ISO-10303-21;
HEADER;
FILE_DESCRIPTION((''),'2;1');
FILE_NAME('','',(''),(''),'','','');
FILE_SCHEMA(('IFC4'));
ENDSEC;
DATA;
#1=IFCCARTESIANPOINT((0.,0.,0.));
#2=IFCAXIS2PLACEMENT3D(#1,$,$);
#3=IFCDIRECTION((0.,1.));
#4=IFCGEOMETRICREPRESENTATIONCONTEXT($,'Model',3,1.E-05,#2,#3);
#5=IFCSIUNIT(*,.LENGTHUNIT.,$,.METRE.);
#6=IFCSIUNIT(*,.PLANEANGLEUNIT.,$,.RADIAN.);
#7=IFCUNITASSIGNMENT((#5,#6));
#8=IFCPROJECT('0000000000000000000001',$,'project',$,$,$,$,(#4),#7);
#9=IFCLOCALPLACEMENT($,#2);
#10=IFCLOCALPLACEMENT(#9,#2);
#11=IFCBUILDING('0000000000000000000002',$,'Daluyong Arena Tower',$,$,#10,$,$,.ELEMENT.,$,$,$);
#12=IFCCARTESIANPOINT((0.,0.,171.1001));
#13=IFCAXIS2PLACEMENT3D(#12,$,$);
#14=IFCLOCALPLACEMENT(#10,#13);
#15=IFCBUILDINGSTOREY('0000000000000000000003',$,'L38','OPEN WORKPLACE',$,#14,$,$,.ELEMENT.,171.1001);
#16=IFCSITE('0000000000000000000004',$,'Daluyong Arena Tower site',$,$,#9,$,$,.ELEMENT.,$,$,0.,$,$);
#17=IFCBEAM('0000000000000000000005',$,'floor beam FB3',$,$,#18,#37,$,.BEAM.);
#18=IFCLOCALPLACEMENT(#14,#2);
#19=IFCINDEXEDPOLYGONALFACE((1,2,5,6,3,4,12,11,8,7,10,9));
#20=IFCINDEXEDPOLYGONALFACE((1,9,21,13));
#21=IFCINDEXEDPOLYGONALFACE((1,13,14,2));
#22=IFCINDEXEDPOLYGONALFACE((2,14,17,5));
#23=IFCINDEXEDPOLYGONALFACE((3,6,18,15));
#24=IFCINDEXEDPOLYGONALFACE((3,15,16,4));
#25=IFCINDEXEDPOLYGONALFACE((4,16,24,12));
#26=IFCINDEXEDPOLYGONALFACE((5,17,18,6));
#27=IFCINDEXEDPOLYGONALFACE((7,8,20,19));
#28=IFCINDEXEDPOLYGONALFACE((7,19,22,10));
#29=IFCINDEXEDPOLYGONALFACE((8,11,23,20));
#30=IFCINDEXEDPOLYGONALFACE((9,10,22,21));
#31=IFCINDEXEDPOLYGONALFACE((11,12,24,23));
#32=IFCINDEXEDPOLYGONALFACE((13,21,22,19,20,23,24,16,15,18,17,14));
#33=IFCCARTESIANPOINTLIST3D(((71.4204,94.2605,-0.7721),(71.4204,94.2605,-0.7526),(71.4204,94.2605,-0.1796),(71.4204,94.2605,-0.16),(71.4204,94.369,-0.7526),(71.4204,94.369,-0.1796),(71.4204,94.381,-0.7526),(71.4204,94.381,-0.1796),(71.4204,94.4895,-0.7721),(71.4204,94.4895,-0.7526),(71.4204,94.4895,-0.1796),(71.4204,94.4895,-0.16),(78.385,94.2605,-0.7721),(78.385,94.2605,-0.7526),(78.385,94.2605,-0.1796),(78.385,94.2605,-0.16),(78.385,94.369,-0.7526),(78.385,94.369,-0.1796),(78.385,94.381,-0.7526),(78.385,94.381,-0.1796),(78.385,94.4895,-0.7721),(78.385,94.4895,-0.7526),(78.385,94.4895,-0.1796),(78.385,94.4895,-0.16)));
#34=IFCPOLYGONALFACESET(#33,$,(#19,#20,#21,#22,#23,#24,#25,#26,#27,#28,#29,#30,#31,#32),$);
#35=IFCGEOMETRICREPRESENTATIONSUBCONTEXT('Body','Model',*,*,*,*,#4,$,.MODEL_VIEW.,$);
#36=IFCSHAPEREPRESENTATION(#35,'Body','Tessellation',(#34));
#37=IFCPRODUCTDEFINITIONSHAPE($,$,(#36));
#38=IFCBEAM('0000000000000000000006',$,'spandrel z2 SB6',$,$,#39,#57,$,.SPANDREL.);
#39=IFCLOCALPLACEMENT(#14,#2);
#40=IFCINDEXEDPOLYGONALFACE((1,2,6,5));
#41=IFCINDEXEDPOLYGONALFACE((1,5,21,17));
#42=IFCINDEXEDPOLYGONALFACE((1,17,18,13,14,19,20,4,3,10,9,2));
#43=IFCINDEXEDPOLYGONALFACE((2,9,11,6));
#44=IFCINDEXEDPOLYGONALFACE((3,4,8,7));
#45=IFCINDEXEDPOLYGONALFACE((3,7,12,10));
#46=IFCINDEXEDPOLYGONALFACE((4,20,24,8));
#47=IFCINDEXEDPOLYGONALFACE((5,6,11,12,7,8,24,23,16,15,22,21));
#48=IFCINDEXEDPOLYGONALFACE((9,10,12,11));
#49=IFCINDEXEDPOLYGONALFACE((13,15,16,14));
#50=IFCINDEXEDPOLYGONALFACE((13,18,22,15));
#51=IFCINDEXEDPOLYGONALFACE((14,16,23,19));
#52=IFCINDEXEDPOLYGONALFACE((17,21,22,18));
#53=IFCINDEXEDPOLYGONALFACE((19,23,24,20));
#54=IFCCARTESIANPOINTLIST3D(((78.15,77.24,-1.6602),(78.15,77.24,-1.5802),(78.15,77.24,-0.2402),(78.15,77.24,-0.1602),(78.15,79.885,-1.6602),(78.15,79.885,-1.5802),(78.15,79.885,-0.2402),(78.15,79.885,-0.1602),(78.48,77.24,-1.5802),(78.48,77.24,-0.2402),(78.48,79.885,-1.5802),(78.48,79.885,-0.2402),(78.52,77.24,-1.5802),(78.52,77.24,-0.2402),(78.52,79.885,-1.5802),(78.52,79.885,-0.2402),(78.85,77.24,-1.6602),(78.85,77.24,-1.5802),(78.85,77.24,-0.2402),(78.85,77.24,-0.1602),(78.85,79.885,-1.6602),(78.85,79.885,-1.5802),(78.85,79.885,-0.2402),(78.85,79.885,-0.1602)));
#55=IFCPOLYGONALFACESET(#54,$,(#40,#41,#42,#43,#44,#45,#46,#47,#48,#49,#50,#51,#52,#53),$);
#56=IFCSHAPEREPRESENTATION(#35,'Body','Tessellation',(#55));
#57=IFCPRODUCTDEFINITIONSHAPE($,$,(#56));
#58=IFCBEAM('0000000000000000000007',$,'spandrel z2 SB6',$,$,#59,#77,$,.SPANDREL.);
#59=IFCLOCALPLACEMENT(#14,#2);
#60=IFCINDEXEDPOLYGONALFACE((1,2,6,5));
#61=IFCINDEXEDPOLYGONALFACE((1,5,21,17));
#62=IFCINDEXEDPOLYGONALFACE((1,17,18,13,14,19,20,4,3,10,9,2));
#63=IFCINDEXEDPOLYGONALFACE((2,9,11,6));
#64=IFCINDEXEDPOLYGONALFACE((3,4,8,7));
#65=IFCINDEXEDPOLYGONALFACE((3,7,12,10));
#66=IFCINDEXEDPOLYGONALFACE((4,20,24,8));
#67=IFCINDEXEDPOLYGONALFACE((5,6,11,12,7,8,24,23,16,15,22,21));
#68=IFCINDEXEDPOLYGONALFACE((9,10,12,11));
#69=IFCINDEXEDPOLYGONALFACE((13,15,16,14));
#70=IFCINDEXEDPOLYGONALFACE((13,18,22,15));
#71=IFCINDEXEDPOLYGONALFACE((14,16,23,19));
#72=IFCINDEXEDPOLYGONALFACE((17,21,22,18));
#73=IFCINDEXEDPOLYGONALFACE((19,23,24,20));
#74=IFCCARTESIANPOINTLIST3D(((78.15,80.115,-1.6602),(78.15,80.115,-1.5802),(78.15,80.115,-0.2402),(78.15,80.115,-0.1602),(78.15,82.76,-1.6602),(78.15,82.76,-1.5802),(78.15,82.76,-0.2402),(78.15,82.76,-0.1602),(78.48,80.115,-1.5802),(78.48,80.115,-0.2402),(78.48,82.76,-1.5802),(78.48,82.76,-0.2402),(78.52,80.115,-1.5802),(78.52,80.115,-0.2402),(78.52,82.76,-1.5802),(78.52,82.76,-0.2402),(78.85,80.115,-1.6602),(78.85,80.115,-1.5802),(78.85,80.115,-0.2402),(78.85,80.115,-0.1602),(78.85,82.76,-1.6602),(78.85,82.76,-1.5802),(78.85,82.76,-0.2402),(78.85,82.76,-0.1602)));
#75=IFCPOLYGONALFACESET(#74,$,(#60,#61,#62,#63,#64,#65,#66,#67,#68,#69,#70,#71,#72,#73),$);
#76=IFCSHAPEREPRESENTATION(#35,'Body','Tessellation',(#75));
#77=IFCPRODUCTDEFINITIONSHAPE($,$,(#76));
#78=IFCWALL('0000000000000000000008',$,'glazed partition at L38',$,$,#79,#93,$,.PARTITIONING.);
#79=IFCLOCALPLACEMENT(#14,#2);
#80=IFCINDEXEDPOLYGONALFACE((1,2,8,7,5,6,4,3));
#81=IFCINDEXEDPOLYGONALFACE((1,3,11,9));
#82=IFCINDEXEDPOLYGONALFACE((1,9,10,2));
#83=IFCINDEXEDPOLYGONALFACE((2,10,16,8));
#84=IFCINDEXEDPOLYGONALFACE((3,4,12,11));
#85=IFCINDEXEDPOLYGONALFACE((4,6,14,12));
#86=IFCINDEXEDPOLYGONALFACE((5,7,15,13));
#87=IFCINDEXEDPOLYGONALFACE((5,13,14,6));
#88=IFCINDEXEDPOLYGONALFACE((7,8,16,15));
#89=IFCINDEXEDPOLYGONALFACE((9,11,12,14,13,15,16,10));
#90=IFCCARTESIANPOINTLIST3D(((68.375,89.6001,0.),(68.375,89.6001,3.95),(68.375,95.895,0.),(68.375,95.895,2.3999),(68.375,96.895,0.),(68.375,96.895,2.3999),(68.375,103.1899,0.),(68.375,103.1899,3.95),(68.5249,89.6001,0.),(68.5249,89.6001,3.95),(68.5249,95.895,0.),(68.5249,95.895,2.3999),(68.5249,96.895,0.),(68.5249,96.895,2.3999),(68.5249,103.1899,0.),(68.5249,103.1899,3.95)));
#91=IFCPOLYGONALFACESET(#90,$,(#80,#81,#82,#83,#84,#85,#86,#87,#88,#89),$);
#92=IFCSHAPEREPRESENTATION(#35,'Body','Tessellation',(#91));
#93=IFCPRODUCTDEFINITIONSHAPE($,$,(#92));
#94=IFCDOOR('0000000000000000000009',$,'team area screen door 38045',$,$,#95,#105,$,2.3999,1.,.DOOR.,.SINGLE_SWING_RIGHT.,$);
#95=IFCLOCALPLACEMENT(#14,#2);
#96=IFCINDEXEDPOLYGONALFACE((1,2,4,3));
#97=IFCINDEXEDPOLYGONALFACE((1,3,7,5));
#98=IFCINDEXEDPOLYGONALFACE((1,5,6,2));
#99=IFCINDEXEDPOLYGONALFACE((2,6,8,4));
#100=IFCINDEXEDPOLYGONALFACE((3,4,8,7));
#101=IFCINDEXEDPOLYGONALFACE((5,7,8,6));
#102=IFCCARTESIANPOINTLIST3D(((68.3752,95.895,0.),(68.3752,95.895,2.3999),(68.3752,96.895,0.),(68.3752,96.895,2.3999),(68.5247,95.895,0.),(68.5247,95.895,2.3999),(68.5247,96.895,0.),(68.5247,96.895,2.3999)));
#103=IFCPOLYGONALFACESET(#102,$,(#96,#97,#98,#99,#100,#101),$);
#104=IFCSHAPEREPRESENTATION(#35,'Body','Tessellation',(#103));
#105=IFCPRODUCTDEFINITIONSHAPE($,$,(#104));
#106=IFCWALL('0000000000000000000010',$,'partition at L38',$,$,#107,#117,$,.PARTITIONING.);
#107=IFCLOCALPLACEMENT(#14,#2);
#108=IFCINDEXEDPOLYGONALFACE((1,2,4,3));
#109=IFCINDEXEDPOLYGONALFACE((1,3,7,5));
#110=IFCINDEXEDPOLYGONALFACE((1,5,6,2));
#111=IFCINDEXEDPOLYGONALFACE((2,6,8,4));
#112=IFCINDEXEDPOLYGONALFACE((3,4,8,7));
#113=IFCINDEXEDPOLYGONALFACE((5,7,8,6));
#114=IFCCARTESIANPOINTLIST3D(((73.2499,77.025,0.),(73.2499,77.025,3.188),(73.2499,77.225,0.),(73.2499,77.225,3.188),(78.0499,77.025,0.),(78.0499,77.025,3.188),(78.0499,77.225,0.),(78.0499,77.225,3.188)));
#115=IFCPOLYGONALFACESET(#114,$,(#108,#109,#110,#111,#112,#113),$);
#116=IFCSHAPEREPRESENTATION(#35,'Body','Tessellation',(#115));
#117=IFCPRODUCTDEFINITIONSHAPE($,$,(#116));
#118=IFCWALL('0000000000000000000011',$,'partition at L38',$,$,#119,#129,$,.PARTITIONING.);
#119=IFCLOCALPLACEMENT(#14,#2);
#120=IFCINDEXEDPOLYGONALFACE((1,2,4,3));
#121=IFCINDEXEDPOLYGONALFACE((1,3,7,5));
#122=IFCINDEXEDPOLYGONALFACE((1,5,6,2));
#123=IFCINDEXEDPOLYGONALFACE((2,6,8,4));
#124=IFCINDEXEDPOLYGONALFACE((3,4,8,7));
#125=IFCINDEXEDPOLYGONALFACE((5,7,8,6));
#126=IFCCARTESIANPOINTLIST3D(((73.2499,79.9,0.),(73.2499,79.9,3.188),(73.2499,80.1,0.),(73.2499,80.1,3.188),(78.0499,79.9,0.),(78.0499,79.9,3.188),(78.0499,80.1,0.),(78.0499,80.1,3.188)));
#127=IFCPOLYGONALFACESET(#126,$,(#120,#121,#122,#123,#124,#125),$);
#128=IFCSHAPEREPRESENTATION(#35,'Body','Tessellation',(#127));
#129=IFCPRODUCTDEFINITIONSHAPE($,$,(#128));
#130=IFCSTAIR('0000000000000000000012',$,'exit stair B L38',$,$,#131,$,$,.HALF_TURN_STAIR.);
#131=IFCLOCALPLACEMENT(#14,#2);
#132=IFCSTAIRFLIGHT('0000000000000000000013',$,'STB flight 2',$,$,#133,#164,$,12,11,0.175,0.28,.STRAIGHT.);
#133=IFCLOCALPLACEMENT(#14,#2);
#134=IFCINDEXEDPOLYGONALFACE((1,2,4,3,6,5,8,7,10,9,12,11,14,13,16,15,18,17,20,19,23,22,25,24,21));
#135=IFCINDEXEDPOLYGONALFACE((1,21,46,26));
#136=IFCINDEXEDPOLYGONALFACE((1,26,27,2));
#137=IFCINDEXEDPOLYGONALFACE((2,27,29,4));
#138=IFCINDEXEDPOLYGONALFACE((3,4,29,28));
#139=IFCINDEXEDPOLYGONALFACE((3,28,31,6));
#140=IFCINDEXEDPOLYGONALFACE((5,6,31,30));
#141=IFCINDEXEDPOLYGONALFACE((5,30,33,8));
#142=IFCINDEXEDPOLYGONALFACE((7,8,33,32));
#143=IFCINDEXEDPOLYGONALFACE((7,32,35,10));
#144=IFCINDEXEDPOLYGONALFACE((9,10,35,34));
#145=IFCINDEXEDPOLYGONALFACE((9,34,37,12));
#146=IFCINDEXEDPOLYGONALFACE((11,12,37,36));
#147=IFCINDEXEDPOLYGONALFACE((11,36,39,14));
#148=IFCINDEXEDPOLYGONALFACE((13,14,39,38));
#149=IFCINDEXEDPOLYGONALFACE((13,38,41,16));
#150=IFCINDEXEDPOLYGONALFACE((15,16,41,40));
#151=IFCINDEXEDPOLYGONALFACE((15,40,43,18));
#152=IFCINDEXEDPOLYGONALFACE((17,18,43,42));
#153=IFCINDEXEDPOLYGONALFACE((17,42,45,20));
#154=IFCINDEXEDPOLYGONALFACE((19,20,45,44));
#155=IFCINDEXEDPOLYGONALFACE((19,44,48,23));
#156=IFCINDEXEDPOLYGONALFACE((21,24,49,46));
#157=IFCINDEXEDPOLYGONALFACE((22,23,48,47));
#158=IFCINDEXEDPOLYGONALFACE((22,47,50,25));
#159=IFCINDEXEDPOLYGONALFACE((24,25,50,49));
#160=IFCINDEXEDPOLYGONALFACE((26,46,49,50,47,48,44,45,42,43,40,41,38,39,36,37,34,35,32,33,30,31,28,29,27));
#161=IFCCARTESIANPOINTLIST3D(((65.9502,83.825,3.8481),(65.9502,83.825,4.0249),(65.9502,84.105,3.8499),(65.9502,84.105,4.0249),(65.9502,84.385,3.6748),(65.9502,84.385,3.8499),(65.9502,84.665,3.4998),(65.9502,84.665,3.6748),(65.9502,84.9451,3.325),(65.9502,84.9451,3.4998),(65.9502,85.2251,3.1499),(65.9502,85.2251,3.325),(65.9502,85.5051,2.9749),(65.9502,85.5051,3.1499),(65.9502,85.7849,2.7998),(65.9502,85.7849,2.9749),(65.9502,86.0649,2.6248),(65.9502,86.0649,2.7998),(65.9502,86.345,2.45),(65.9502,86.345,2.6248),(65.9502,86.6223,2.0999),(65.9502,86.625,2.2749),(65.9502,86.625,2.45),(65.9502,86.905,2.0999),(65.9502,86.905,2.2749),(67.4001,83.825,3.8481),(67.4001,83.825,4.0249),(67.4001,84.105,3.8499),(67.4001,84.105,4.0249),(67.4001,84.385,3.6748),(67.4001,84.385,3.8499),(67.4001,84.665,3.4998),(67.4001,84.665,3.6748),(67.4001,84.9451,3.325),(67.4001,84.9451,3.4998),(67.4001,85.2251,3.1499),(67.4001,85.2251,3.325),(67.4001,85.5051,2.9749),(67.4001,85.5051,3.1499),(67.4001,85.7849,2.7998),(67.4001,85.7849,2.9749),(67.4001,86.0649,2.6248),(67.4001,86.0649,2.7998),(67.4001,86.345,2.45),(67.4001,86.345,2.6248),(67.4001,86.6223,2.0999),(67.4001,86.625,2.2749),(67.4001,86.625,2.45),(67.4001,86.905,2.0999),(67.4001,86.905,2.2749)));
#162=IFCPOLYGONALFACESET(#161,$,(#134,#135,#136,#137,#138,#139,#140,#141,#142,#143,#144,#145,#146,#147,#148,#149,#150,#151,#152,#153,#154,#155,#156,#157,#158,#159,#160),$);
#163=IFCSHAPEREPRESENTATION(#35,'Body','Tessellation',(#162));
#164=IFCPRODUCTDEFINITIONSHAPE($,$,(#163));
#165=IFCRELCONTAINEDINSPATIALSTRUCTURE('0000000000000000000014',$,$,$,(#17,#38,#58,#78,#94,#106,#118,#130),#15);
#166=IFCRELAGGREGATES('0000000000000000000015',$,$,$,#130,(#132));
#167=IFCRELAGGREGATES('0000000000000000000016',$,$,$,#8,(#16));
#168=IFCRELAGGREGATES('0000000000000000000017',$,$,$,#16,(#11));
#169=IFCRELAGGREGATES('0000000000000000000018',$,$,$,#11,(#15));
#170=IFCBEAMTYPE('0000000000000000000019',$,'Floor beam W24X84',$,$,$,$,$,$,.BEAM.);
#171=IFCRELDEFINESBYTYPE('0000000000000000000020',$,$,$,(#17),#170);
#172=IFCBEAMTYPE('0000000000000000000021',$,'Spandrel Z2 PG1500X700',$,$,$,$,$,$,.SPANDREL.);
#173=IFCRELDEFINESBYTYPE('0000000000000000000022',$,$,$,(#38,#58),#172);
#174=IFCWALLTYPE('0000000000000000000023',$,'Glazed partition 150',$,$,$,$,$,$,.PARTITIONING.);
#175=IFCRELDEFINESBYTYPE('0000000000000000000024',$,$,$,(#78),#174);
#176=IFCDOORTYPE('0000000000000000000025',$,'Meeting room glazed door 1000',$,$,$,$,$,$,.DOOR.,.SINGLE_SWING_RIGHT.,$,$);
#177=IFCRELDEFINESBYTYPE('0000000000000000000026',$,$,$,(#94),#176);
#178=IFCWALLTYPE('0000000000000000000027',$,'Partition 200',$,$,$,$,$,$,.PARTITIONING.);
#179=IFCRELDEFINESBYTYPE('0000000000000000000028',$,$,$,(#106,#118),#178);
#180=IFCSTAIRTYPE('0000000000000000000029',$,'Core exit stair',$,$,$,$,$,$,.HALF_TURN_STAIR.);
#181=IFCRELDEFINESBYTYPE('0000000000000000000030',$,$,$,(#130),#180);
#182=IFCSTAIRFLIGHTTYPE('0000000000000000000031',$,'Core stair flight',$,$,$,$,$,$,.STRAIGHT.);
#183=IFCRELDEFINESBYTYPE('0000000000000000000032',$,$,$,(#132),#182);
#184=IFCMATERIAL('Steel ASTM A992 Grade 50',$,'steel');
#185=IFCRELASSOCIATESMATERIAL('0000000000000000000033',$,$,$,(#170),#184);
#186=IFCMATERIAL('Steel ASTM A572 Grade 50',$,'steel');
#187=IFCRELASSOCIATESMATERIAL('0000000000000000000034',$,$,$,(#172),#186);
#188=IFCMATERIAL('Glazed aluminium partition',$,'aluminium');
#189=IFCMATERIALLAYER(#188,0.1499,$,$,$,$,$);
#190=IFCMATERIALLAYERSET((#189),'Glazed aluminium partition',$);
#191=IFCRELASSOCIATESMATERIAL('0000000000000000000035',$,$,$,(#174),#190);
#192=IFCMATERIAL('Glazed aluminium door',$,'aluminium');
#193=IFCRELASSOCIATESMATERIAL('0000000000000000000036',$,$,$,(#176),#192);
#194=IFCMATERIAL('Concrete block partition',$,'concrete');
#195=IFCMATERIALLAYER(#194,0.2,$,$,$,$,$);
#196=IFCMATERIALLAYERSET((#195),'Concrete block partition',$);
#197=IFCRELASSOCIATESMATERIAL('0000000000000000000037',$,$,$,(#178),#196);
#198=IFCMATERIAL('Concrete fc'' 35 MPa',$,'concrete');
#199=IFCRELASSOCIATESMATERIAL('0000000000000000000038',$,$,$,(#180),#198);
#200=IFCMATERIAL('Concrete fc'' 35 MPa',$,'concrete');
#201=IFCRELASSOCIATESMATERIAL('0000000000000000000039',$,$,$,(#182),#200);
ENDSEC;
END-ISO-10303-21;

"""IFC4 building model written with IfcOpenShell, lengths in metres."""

from ifc_helpers import new_model, si_unit, direction, frame, frame_2d, origin, origin_2d, place, context, subcontext, project, spatial, polyline, rectangle, i_section, outline, extrude, material, layer, layer_set, material_profile, profile_set, type_object, element, fill, aggregate, save


model = new_model("IFC4")

# Units and contexts
model_context = context("Model", 3, precision=1e-05, world=origin(), true_north=direction((0.0, 1.0)))
body_context = subcontext(model_context, "Body", "Model", "MODEL_VIEW")
ifc_project = project(units=[si_unit("LENGTHUNIT", "METRE"), si_unit("PLANEANGLEUNIT", "RADIAN")], contexts=[model_context])

# Site, building, storey
site_placement = place(None, origin())
site = spatial("IfcSite", under=ifc_project, at=site_placement, Name="Daluyong Arena Tower site", CompositionType="ELEMENT", RefElevation=0.0)
building_placement = place(site_placement, origin())
building = spatial("IfcBuilding", under=site, at=building_placement, Name="Daluyong Arena Tower", CompositionType="ELEMENT")
storey_placement = place(building_placement, frame((0.0, 0.0, 171.1001)))
storey = spatial("IfcBuildingStorey", under=building, at=storey_placement, Name="L38", Description="OPEN WORKPLACE", CompositionType="ELEMENT", Elevation=171.1001)

# Beams
ifc_material_1 = material(Name="Steel ASTM A992 Grade 50", Category="steel")
ifc_material_profile_1 = material_profile(ifc_material_1, i_section(OverallWidth=0.229, OverallDepth=0.6121, WebThickness=0.012, FlangeThickness=0.0195, at=origin_2d()))
ifc_profile_set_1 = profile_set([ifc_material_profile_1], Name="Steel ASTM A992 Grade 50")
beam_type_1 = type_object("IfcBeamType", Name="Floor beam W24X84", PredefinedType="BEAM", material=ifc_profile_set_1)
beam_1_placement = place(storey_placement, frame((78.385, 94.375, -0.4661), z_axis=(-1.0, 0.0, 0.0), x_axis=(0.0, -1.0, 0.0)))
element("IfcBeam", 1, at=beam_1_placement, inside=storey, type_object=beam_type_1, Name="floor beam FB3", PredefinedType="BEAM", context=body_context, shape_type="SweptSolid", body=[
    extrude(i_section(OverallWidth=0.229, OverallDepth=0.6121, WebThickness=0.012, FlangeThickness=0.0195, at=origin_2d()), origin(), (0.0, 0.0, 1.0), 6.9646),
])
ifc_material_2 = material(Name="Steel ASTM A572 Grade 50", Category="steel")
ifc_material_profile_2 = material_profile(ifc_material_2, i_section(OverallWidth=0.7, OverallDepth=1.5, WebThickness=0.04, FlangeThickness=0.08, at=origin_2d()))
ifc_profile_set_2 = profile_set([ifc_material_profile_2], Name="Steel ASTM A572 Grade 50")
beam_type_2 = type_object("IfcBeamType", Name="Spandrel Z2 PG1500X700", PredefinedType="SPANDREL", material=ifc_profile_set_2)
for number, where, z_axis, x_axis, name in (
    (2, (78.5, 77.24, -0.9102), (0.0, 1.0, 0.0), (-1.0, 0.0, 0.0), "spandrel z2 SB6"),
    (3, (78.5, 80.115, -0.9102), (0.0, 1.0, 0.0), (-1.0, 0.0, 0.0), "spandrel z2 SB6"),
):
    element("IfcBeam", number, at=place(storey_placement, frame(where, z_axis=z_axis, x_axis=x_axis)), inside=storey, type_object=beam_type_2, Name=name, PredefinedType="SPANDREL", context=body_context, shape_type="SweptSolid", body=[
        extrude(i_section(OverallWidth=0.7, OverallDepth=1.5, WebThickness=0.04, FlangeThickness=0.08, at=origin_2d()), origin(), (0.0, 0.0, 1.0), 2.645),
    ])

# Wall, opening, door
ifc_material_3 = material(Name="Glazed aluminium partition", Category="aluminium")
ifc_layer_1 = layer(ifc_material_3, 0.1499)
ifc_layer_set_1 = layer_set([ifc_layer_1], Name="Glazed aluminium partition")
wall_type_1 = type_object("IfcWallType", Name="Glazed partition 150", PredefinedType="PARTITIONING", material=ifc_layer_set_1)
wall_placement = place(storey_placement, frame((68.45, 89.6001, 0.0), z_axis=(0.0, 0.0, 1.0), x_axis=(0.0, 1.0, 0.0)))
wall = element("IfcWall", 4, at=wall_placement, inside=storey, type_object=wall_type_1, Name="glazed partition at L38", PredefinedType="PARTITIONING", context=body_context, shape_type="SweptSolid", body=[
    extrude(rectangle(XDim=13.5898, YDim=0.1499, at=frame_2d((6.7949, 0.0))), origin(), (0.0, 0.0, 1.0), 3.95),
])
opening_placement = place(wall_placement, frame((6.2949, 0.0, 0.0)))
opening = element("IfcOpeningElement", 5, at=opening_placement, cuts=wall, PredefinedType="OPENING", context=body_context, shape_type="SweptSolid", body=[
    extrude(rectangle(XDim=1.0, YDim=2.3999, at=frame_2d((0.5, 1.2))), frame((0.0, 0.085, 0.0), z_axis=(0.0, -1.0, 0.0), x_axis=(1.0, 0.0, 0.0)), (0.0, 0.0, 1.0), 0.1699),
])
ifc_material_4 = material(Name="Glazed aluminium door", Category="aluminium")
door_type = type_object("IfcDoorType", Name="Meeting room glazed door 1000", OperationType="SINGLE_SWING_RIGHT", PredefinedType="DOOR", material=ifc_material_4)
door_placement = place(opening_placement, origin())
door = element("IfcDoor", 6, at=door_placement, inside=storey, type_object=door_type, Name="team area screen door 38045", OperationType="SINGLE_SWING_RIGHT", OverallHeight=2.3999, OverallWidth=1.0, PredefinedType="DOOR", context=body_context, shape_type="SweptSolid", body=[
    extrude(rectangle(XDim=1.0, YDim=2.3999, at=frame_2d((0.5, 1.2))), frame((0.0, 0.0747, 0.0), z_axis=(0.0, -1.0, 0.0), x_axis=(1.0, 0.0, 0.0)), (0.0, 0.0, 1.0), 0.1494),
])
fill(opening, door)

# Walls
ifc_material_5 = material(Name="Concrete block partition", Category="concrete")
ifc_layer_2 = layer(ifc_material_5, 0.2)
ifc_layer_set_2 = layer_set([ifc_layer_2], Name="Concrete block partition")
wall_type_2 = type_object("IfcWallType", Name="Partition 200", PredefinedType="PARTITIONING", material=ifc_layer_set_2)
for number, where, z_axis, x_axis, name in (
    (7, (73.25, 77.125, 0.0), (0.0, 0.0, 1.0), (1.0, 0.0, 0.0), "partition at L38"),
    (8, (73.25, 80.0, 0.0), (0.0, 0.0, 1.0), (1.0, 0.0, 0.0), "partition at L38"),
):
    element("IfcWall", number, at=place(storey_placement, frame(where, z_axis=z_axis, x_axis=x_axis)), inside=storey, type_object=wall_type_2, Name=name, PredefinedType="PARTITIONING", context=body_context, shape_type="SweptSolid", body=[
        extrude(rectangle(XDim=4.8, YDim=0.2, at=frame_2d((2.3999, 0.0))), origin(), (0.0, 0.0, 1.0), 3.188),
    ])

# Stair, stair flight
ifc_material_6 = material(Name="Concrete fc' 35 MPa", Category="concrete")
stair_type = type_object("IfcStairType", Name="Core exit stair", PredefinedType="HALF_TURN_STAIR", material=ifc_material_6)
stair_placement = place(storey_placement, origin())
stair = element("IfcStair", 9, at=stair_placement, inside=storey, type_object=stair_type, Name="exit stair B L38", PredefinedType="HALF_TURN_STAIR")
ifc_material_7 = material(Name="Concrete fc' 35 MPa", Category="concrete")
stair_flight_type = type_object("IfcStairFlightType", Name="Core stair flight", PredefinedType="STRAIGHT", material=ifc_material_7)
stair_flight_placement = place(storey_placement, frame((66.675, 86.905, 2.0999), z_axis=(0.0, 0.0, 1.0), x_axis=(0.0, -1.0, 0.0)))
stair_flight = element("IfcStairFlight", 10, at=stair_flight_placement, type_object=stair_flight_type, Name="STB flight 2", NumberOfRisers=12, NumberOfTreads=11, PredefinedType="STRAIGHT", RiserHeight=0.175, TreadLength=0.28, context=body_context, shape_type="SweptSolid", body=[
    extrude(outline(polyline([(0.0, 0.0), (0.0, 0.175), (0.28, 0.175), (0.28, 0.3501), (0.5601, 0.3501), (0.5601, 0.5249), (0.8401, 0.5249), (0.8401, 0.7), (1.1201, 0.7), (1.1201, 0.875), (1.3999, 0.875), (1.3999, 1.05), (1.6799, 1.05), (1.6799, 1.2251), (1.96, 1.2251), (1.96, 1.3999), (2.24, 1.3999), (2.24, 1.575), (2.52, 1.575), (2.52, 1.75), (2.8, 1.75), (2.8, 1.925), (3.0801, 1.925), (3.0801, 2.1001), (3.0801, 1.7483), (0.2827, 0.0), (0.0, 0.0)])), frame((0.0, 0.7251, 0.0), z_axis=(0.0, -1.0, 0.0), x_axis=(1.0, 0.0, 0.0)), (0.0, 0.0, 1.0), 1.45),
])
aggregate(stair, [stair_flight])

save(model, "model.ifc")
